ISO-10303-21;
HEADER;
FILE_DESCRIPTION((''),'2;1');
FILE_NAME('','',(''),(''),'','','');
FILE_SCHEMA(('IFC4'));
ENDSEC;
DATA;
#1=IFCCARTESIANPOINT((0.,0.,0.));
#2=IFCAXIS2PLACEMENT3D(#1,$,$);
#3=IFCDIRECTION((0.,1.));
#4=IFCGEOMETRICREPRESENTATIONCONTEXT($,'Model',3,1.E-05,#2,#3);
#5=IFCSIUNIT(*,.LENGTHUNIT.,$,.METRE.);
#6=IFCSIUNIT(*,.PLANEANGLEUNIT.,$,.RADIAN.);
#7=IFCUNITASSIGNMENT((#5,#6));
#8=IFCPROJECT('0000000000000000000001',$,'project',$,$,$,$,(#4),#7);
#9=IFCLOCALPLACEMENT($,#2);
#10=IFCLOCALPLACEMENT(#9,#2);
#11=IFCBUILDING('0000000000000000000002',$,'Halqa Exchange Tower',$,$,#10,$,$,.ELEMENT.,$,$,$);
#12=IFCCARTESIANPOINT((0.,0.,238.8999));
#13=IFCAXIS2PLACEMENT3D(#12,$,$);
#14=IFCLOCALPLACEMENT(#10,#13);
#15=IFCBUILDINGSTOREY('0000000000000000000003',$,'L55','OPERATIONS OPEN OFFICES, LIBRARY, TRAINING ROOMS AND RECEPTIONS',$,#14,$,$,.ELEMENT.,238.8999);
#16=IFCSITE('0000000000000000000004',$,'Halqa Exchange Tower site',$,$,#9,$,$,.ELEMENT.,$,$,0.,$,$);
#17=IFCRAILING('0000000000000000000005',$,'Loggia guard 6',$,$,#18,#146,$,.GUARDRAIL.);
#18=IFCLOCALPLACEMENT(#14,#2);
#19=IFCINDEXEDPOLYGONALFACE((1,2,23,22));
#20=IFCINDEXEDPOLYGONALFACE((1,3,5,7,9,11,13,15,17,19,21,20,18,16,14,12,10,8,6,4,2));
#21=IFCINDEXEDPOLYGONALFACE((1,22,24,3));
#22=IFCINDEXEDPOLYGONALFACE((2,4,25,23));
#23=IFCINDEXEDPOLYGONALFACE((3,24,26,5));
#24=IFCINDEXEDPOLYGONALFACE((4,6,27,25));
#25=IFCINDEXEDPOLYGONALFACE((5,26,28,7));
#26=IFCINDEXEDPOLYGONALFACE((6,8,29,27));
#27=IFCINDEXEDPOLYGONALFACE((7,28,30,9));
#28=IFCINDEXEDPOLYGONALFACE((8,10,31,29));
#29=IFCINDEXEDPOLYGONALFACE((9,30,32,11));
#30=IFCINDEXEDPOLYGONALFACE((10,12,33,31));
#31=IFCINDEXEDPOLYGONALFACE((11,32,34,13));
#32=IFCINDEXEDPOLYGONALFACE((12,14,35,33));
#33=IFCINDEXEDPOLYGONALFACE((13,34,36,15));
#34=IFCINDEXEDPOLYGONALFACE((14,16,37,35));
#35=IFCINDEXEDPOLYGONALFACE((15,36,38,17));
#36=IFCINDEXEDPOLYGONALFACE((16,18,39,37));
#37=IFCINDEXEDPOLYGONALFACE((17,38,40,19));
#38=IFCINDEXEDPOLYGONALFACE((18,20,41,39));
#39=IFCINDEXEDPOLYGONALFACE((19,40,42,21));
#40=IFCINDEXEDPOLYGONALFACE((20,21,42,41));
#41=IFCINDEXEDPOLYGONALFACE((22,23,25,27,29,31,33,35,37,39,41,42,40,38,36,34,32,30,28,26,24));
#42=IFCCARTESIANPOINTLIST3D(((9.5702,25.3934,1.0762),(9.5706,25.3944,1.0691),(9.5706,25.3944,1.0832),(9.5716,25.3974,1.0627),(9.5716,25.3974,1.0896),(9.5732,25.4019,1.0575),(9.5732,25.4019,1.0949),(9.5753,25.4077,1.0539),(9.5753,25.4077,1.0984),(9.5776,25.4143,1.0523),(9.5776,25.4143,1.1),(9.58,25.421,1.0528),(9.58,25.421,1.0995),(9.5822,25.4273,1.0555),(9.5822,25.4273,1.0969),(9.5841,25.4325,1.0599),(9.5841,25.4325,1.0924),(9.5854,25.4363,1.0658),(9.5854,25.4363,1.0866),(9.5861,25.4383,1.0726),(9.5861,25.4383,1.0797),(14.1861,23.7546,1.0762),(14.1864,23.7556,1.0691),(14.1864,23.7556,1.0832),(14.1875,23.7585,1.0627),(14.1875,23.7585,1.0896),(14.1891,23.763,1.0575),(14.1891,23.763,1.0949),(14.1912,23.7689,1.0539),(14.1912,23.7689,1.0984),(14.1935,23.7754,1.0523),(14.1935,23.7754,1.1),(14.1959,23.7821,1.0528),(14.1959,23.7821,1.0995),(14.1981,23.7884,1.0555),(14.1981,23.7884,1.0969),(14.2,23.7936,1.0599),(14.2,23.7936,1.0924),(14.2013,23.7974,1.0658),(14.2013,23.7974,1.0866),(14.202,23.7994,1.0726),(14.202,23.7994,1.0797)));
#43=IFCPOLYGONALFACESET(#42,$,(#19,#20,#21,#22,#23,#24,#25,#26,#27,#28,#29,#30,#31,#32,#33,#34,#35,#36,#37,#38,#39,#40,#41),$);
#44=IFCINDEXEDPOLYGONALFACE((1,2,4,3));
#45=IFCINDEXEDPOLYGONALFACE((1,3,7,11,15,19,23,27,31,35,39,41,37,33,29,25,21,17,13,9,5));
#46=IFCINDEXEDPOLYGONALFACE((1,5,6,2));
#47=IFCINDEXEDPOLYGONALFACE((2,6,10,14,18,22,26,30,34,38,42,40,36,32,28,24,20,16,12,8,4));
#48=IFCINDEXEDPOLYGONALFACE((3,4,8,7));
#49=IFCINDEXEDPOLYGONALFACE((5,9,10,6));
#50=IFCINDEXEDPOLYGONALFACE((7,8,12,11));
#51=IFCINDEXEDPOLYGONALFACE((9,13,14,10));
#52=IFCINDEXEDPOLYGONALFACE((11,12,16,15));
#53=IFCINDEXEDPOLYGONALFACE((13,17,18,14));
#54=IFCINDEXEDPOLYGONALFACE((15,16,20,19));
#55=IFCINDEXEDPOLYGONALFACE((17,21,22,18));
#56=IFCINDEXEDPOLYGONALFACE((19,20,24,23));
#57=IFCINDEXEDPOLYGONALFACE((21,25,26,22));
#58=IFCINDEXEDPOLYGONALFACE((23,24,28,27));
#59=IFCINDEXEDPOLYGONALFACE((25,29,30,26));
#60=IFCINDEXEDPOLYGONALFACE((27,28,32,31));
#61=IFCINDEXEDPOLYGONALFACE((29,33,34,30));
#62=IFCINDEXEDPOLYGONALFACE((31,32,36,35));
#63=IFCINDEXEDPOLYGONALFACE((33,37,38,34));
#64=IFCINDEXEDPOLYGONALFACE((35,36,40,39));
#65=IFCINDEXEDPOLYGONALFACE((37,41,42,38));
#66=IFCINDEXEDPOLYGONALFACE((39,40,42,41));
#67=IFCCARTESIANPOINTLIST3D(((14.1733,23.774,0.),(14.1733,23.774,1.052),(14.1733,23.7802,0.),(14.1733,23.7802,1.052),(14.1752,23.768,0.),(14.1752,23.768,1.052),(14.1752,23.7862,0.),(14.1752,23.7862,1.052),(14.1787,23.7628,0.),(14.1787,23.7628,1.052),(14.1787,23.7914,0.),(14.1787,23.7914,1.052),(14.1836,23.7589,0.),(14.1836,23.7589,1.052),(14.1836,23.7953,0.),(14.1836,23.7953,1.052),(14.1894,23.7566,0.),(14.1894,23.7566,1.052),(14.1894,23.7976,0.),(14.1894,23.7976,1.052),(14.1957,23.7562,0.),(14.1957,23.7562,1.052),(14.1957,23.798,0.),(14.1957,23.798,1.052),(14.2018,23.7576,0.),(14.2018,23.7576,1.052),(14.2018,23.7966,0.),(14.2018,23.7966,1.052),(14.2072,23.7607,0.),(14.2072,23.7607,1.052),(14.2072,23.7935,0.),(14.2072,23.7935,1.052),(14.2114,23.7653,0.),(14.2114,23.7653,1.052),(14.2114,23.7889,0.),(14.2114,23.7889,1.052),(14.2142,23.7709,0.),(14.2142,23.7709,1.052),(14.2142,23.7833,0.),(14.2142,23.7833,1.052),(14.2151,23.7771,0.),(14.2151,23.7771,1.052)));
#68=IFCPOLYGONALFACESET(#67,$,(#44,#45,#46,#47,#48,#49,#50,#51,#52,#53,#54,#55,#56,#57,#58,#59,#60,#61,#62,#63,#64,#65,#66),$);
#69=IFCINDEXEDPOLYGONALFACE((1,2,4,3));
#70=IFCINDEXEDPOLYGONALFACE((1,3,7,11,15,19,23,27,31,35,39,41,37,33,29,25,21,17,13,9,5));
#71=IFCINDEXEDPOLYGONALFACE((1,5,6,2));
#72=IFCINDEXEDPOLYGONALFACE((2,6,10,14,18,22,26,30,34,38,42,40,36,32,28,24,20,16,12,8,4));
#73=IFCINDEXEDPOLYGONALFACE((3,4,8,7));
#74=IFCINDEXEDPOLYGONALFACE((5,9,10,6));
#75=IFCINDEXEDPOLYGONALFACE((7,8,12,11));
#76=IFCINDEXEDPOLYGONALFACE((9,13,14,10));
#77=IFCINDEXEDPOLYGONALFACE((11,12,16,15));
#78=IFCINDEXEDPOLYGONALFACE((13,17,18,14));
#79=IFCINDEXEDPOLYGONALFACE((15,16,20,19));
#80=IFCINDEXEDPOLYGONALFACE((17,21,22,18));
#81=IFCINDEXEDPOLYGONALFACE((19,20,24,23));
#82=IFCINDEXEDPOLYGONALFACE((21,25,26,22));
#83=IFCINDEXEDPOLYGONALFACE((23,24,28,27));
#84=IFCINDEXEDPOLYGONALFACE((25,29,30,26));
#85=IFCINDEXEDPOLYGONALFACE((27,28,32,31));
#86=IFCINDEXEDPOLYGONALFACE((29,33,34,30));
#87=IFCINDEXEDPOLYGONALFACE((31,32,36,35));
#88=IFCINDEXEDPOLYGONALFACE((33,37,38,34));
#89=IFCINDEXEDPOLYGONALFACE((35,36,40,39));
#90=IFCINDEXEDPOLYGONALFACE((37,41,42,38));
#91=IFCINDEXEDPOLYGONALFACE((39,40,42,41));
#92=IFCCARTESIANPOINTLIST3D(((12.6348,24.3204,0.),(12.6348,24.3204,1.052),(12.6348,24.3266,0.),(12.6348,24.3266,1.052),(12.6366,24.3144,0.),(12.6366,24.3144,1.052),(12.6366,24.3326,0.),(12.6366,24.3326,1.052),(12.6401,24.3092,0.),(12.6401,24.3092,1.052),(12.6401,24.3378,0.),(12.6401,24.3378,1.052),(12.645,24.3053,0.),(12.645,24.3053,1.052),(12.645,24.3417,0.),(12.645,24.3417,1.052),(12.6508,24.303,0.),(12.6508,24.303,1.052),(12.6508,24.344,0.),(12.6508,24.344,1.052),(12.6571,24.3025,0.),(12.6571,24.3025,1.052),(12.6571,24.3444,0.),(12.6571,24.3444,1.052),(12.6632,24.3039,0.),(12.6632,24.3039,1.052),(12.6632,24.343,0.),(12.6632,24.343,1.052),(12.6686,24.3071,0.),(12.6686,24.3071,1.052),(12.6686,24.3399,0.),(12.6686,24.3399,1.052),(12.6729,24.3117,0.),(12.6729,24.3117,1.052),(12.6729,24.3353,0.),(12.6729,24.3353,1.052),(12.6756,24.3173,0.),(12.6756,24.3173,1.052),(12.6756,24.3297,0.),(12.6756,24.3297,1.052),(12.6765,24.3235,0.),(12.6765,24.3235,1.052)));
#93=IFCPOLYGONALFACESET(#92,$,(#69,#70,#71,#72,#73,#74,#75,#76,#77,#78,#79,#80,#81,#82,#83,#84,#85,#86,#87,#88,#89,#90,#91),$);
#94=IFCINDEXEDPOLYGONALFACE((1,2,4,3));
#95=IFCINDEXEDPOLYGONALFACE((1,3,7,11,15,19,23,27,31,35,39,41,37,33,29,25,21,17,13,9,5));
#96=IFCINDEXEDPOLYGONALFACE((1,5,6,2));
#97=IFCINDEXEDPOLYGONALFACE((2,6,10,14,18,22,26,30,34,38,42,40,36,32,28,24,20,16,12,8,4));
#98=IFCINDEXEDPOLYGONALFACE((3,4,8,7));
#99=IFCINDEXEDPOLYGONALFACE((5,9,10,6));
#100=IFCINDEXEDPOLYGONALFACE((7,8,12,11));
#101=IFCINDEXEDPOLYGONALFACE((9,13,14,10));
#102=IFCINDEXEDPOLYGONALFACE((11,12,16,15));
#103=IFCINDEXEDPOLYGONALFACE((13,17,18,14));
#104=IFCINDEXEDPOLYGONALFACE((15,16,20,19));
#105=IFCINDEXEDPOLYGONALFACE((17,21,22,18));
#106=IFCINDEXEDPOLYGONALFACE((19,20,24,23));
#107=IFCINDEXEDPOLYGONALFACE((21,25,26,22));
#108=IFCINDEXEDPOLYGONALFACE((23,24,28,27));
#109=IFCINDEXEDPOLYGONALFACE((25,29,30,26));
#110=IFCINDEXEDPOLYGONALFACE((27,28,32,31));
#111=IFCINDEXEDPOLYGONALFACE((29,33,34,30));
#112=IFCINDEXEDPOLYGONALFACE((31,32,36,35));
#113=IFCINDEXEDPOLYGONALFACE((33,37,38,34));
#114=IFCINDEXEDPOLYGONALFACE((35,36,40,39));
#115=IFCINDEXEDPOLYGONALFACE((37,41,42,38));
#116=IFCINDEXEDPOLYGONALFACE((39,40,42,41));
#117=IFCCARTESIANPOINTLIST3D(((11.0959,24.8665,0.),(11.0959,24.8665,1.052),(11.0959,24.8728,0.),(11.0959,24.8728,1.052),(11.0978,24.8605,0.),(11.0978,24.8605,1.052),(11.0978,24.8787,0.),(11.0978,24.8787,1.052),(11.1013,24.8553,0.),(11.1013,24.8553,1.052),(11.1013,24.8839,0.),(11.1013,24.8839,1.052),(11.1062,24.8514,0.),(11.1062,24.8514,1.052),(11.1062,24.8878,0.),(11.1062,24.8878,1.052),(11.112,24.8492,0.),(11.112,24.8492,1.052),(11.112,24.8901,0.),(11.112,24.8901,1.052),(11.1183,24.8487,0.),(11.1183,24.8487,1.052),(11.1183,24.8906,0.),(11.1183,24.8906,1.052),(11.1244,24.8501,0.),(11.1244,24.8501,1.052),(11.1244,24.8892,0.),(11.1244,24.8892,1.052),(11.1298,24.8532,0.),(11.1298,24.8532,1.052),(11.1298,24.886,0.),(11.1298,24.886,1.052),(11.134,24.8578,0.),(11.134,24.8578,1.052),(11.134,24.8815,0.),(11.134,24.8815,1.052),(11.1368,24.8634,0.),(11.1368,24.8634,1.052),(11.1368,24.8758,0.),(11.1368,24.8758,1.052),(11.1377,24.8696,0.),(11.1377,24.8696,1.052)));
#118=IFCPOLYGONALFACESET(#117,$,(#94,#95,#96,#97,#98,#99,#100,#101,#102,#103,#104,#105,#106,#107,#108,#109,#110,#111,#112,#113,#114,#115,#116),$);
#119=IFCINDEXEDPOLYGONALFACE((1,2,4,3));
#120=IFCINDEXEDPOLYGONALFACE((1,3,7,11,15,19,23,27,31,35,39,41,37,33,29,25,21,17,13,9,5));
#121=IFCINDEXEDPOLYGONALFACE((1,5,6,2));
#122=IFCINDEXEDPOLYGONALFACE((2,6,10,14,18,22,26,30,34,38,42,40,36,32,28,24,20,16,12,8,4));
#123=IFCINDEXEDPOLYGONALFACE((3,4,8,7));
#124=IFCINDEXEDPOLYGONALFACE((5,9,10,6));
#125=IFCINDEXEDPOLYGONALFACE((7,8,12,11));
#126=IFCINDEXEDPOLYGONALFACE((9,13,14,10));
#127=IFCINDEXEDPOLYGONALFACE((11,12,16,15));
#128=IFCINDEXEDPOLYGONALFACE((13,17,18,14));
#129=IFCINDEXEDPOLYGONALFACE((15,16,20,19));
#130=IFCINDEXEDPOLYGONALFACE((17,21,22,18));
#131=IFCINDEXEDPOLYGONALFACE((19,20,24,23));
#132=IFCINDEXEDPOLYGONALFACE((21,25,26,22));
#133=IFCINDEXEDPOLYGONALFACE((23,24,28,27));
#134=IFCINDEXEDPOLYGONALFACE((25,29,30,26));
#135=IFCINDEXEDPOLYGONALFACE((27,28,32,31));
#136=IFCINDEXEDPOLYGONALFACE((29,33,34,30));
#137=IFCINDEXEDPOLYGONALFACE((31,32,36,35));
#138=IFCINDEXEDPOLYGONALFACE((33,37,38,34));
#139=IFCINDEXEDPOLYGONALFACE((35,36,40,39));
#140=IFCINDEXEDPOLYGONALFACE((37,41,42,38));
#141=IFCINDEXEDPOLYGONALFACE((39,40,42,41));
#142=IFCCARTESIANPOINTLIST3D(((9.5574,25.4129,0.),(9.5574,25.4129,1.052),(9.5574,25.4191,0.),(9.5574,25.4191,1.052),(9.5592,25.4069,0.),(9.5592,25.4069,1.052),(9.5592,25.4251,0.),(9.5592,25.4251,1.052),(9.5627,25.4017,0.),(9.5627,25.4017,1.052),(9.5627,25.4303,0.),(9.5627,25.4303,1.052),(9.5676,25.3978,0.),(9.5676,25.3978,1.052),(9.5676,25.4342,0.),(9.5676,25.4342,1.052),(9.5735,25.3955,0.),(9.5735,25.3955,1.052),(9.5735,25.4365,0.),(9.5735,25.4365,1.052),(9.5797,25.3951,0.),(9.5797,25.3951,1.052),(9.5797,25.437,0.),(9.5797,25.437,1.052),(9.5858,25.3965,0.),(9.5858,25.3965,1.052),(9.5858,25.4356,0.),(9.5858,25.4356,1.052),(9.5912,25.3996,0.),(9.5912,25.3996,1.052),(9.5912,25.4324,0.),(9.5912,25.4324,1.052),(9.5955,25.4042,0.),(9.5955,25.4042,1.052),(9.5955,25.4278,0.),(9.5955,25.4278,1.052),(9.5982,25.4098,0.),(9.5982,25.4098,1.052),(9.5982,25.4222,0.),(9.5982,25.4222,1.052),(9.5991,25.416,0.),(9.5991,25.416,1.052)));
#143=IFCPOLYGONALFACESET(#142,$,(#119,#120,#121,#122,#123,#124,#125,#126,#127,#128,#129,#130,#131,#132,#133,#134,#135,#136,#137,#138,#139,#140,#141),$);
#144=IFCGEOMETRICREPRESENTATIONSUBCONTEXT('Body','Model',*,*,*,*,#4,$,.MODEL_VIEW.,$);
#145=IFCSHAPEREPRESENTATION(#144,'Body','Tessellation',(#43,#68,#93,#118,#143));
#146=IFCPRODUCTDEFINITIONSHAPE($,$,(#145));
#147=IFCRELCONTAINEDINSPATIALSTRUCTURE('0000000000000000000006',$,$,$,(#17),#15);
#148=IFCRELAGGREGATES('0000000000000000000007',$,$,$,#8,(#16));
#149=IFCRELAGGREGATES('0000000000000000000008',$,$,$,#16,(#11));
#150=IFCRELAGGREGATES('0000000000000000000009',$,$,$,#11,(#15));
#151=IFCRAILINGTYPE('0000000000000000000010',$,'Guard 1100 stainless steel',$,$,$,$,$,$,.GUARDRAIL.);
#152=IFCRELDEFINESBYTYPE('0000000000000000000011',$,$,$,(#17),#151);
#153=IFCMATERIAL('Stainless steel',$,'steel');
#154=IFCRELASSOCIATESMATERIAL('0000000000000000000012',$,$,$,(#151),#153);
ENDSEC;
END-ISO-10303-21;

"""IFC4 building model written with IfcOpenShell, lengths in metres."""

from ifc_helpers import new_model, si_unit, direction, frame, origin, origin_2d, place, context, subcontext, project, spatial, circle, extrude, material, type_object, element, save


model = new_model("IFC4")

# Units and contexts
model_context = context("Model", 3, precision=1e-05, world=origin(), true_north=direction((0.0, 1.0)))
body_context = subcontext(model_context, "Body", "Model", "MODEL_VIEW")
ifc_project = project(units=[si_unit("LENGTHUNIT", "METRE"), si_unit("PLANEANGLEUNIT", "RADIAN")], contexts=[model_context])

# Site, building, storey
site_placement = place(None, origin())
site = spatial("IfcSite", under=ifc_project, at=site_placement, Name="Halqa Exchange Tower site", CompositionType="ELEMENT", RefElevation=0.0)
building_placement = place(site_placement, origin())
building = spatial("IfcBuilding", under=site, at=building_placement, Name="Halqa Exchange Tower", CompositionType="ELEMENT")
storey_placement = place(building_placement, frame((0.0, 0.0, 238.8999)))
storey = spatial("IfcBuildingStorey", under=building, at=storey_placement, Name="L55", Description="OPERATIONS OPEN OFFICES, LIBRARY, TRAINING ROOMS AND RECEPTIONS", CompositionType="ELEMENT", Elevation=238.8999)

# Railing
ifc_material_1 = material(Name="Stainless steel", Category="steel")
railing_type = type_object("IfcRailingType", Name="Guard 1100 stainless steel", PredefinedType="GUARDRAIL", material=ifc_material_1)
railing_1_placement = place(storey_placement, frame((14.1941, 23.7771, 0.0)))
element("IfcRailing", 1, at=railing_1_placement, inside=storey, type_object=railing_type, Name="Loggia guard 6", PredefinedType="GUARDRAIL", context=body_context, shape_type="SweptSolid", body=[
    extrude(circle(Radius=0.0239, at=origin_2d()), frame((0.0, 0.0, 1.0762), z_axis=(-0.942364, 0.33459, 0.0), x_axis=(-0.33459, -0.942364, 0.0)), (0.0, 0.0, 1.0), 4.8982),
    extrude(circle(Radius=0.021, at=origin_2d()), origin(), (0.0, 0.0, 1.0), 1.052),
    extrude(circle(Radius=0.021, at=origin_2d()), frame((-1.5386, 0.5464, 0.0)), (0.0, 0.0, 1.0), 1.052),
    extrude(circle(Radius=0.021, at=origin_2d()), frame((-3.0774, 1.0925, 0.0)), (0.0, 0.0, 1.0), 1.052),
    extrude(circle(Radius=0.021, at=origin_2d()), frame((-4.616, 1.6389, 0.0)), (0.0, 0.0, 1.0), 1.052),
])

save(model, "model.ifc")
